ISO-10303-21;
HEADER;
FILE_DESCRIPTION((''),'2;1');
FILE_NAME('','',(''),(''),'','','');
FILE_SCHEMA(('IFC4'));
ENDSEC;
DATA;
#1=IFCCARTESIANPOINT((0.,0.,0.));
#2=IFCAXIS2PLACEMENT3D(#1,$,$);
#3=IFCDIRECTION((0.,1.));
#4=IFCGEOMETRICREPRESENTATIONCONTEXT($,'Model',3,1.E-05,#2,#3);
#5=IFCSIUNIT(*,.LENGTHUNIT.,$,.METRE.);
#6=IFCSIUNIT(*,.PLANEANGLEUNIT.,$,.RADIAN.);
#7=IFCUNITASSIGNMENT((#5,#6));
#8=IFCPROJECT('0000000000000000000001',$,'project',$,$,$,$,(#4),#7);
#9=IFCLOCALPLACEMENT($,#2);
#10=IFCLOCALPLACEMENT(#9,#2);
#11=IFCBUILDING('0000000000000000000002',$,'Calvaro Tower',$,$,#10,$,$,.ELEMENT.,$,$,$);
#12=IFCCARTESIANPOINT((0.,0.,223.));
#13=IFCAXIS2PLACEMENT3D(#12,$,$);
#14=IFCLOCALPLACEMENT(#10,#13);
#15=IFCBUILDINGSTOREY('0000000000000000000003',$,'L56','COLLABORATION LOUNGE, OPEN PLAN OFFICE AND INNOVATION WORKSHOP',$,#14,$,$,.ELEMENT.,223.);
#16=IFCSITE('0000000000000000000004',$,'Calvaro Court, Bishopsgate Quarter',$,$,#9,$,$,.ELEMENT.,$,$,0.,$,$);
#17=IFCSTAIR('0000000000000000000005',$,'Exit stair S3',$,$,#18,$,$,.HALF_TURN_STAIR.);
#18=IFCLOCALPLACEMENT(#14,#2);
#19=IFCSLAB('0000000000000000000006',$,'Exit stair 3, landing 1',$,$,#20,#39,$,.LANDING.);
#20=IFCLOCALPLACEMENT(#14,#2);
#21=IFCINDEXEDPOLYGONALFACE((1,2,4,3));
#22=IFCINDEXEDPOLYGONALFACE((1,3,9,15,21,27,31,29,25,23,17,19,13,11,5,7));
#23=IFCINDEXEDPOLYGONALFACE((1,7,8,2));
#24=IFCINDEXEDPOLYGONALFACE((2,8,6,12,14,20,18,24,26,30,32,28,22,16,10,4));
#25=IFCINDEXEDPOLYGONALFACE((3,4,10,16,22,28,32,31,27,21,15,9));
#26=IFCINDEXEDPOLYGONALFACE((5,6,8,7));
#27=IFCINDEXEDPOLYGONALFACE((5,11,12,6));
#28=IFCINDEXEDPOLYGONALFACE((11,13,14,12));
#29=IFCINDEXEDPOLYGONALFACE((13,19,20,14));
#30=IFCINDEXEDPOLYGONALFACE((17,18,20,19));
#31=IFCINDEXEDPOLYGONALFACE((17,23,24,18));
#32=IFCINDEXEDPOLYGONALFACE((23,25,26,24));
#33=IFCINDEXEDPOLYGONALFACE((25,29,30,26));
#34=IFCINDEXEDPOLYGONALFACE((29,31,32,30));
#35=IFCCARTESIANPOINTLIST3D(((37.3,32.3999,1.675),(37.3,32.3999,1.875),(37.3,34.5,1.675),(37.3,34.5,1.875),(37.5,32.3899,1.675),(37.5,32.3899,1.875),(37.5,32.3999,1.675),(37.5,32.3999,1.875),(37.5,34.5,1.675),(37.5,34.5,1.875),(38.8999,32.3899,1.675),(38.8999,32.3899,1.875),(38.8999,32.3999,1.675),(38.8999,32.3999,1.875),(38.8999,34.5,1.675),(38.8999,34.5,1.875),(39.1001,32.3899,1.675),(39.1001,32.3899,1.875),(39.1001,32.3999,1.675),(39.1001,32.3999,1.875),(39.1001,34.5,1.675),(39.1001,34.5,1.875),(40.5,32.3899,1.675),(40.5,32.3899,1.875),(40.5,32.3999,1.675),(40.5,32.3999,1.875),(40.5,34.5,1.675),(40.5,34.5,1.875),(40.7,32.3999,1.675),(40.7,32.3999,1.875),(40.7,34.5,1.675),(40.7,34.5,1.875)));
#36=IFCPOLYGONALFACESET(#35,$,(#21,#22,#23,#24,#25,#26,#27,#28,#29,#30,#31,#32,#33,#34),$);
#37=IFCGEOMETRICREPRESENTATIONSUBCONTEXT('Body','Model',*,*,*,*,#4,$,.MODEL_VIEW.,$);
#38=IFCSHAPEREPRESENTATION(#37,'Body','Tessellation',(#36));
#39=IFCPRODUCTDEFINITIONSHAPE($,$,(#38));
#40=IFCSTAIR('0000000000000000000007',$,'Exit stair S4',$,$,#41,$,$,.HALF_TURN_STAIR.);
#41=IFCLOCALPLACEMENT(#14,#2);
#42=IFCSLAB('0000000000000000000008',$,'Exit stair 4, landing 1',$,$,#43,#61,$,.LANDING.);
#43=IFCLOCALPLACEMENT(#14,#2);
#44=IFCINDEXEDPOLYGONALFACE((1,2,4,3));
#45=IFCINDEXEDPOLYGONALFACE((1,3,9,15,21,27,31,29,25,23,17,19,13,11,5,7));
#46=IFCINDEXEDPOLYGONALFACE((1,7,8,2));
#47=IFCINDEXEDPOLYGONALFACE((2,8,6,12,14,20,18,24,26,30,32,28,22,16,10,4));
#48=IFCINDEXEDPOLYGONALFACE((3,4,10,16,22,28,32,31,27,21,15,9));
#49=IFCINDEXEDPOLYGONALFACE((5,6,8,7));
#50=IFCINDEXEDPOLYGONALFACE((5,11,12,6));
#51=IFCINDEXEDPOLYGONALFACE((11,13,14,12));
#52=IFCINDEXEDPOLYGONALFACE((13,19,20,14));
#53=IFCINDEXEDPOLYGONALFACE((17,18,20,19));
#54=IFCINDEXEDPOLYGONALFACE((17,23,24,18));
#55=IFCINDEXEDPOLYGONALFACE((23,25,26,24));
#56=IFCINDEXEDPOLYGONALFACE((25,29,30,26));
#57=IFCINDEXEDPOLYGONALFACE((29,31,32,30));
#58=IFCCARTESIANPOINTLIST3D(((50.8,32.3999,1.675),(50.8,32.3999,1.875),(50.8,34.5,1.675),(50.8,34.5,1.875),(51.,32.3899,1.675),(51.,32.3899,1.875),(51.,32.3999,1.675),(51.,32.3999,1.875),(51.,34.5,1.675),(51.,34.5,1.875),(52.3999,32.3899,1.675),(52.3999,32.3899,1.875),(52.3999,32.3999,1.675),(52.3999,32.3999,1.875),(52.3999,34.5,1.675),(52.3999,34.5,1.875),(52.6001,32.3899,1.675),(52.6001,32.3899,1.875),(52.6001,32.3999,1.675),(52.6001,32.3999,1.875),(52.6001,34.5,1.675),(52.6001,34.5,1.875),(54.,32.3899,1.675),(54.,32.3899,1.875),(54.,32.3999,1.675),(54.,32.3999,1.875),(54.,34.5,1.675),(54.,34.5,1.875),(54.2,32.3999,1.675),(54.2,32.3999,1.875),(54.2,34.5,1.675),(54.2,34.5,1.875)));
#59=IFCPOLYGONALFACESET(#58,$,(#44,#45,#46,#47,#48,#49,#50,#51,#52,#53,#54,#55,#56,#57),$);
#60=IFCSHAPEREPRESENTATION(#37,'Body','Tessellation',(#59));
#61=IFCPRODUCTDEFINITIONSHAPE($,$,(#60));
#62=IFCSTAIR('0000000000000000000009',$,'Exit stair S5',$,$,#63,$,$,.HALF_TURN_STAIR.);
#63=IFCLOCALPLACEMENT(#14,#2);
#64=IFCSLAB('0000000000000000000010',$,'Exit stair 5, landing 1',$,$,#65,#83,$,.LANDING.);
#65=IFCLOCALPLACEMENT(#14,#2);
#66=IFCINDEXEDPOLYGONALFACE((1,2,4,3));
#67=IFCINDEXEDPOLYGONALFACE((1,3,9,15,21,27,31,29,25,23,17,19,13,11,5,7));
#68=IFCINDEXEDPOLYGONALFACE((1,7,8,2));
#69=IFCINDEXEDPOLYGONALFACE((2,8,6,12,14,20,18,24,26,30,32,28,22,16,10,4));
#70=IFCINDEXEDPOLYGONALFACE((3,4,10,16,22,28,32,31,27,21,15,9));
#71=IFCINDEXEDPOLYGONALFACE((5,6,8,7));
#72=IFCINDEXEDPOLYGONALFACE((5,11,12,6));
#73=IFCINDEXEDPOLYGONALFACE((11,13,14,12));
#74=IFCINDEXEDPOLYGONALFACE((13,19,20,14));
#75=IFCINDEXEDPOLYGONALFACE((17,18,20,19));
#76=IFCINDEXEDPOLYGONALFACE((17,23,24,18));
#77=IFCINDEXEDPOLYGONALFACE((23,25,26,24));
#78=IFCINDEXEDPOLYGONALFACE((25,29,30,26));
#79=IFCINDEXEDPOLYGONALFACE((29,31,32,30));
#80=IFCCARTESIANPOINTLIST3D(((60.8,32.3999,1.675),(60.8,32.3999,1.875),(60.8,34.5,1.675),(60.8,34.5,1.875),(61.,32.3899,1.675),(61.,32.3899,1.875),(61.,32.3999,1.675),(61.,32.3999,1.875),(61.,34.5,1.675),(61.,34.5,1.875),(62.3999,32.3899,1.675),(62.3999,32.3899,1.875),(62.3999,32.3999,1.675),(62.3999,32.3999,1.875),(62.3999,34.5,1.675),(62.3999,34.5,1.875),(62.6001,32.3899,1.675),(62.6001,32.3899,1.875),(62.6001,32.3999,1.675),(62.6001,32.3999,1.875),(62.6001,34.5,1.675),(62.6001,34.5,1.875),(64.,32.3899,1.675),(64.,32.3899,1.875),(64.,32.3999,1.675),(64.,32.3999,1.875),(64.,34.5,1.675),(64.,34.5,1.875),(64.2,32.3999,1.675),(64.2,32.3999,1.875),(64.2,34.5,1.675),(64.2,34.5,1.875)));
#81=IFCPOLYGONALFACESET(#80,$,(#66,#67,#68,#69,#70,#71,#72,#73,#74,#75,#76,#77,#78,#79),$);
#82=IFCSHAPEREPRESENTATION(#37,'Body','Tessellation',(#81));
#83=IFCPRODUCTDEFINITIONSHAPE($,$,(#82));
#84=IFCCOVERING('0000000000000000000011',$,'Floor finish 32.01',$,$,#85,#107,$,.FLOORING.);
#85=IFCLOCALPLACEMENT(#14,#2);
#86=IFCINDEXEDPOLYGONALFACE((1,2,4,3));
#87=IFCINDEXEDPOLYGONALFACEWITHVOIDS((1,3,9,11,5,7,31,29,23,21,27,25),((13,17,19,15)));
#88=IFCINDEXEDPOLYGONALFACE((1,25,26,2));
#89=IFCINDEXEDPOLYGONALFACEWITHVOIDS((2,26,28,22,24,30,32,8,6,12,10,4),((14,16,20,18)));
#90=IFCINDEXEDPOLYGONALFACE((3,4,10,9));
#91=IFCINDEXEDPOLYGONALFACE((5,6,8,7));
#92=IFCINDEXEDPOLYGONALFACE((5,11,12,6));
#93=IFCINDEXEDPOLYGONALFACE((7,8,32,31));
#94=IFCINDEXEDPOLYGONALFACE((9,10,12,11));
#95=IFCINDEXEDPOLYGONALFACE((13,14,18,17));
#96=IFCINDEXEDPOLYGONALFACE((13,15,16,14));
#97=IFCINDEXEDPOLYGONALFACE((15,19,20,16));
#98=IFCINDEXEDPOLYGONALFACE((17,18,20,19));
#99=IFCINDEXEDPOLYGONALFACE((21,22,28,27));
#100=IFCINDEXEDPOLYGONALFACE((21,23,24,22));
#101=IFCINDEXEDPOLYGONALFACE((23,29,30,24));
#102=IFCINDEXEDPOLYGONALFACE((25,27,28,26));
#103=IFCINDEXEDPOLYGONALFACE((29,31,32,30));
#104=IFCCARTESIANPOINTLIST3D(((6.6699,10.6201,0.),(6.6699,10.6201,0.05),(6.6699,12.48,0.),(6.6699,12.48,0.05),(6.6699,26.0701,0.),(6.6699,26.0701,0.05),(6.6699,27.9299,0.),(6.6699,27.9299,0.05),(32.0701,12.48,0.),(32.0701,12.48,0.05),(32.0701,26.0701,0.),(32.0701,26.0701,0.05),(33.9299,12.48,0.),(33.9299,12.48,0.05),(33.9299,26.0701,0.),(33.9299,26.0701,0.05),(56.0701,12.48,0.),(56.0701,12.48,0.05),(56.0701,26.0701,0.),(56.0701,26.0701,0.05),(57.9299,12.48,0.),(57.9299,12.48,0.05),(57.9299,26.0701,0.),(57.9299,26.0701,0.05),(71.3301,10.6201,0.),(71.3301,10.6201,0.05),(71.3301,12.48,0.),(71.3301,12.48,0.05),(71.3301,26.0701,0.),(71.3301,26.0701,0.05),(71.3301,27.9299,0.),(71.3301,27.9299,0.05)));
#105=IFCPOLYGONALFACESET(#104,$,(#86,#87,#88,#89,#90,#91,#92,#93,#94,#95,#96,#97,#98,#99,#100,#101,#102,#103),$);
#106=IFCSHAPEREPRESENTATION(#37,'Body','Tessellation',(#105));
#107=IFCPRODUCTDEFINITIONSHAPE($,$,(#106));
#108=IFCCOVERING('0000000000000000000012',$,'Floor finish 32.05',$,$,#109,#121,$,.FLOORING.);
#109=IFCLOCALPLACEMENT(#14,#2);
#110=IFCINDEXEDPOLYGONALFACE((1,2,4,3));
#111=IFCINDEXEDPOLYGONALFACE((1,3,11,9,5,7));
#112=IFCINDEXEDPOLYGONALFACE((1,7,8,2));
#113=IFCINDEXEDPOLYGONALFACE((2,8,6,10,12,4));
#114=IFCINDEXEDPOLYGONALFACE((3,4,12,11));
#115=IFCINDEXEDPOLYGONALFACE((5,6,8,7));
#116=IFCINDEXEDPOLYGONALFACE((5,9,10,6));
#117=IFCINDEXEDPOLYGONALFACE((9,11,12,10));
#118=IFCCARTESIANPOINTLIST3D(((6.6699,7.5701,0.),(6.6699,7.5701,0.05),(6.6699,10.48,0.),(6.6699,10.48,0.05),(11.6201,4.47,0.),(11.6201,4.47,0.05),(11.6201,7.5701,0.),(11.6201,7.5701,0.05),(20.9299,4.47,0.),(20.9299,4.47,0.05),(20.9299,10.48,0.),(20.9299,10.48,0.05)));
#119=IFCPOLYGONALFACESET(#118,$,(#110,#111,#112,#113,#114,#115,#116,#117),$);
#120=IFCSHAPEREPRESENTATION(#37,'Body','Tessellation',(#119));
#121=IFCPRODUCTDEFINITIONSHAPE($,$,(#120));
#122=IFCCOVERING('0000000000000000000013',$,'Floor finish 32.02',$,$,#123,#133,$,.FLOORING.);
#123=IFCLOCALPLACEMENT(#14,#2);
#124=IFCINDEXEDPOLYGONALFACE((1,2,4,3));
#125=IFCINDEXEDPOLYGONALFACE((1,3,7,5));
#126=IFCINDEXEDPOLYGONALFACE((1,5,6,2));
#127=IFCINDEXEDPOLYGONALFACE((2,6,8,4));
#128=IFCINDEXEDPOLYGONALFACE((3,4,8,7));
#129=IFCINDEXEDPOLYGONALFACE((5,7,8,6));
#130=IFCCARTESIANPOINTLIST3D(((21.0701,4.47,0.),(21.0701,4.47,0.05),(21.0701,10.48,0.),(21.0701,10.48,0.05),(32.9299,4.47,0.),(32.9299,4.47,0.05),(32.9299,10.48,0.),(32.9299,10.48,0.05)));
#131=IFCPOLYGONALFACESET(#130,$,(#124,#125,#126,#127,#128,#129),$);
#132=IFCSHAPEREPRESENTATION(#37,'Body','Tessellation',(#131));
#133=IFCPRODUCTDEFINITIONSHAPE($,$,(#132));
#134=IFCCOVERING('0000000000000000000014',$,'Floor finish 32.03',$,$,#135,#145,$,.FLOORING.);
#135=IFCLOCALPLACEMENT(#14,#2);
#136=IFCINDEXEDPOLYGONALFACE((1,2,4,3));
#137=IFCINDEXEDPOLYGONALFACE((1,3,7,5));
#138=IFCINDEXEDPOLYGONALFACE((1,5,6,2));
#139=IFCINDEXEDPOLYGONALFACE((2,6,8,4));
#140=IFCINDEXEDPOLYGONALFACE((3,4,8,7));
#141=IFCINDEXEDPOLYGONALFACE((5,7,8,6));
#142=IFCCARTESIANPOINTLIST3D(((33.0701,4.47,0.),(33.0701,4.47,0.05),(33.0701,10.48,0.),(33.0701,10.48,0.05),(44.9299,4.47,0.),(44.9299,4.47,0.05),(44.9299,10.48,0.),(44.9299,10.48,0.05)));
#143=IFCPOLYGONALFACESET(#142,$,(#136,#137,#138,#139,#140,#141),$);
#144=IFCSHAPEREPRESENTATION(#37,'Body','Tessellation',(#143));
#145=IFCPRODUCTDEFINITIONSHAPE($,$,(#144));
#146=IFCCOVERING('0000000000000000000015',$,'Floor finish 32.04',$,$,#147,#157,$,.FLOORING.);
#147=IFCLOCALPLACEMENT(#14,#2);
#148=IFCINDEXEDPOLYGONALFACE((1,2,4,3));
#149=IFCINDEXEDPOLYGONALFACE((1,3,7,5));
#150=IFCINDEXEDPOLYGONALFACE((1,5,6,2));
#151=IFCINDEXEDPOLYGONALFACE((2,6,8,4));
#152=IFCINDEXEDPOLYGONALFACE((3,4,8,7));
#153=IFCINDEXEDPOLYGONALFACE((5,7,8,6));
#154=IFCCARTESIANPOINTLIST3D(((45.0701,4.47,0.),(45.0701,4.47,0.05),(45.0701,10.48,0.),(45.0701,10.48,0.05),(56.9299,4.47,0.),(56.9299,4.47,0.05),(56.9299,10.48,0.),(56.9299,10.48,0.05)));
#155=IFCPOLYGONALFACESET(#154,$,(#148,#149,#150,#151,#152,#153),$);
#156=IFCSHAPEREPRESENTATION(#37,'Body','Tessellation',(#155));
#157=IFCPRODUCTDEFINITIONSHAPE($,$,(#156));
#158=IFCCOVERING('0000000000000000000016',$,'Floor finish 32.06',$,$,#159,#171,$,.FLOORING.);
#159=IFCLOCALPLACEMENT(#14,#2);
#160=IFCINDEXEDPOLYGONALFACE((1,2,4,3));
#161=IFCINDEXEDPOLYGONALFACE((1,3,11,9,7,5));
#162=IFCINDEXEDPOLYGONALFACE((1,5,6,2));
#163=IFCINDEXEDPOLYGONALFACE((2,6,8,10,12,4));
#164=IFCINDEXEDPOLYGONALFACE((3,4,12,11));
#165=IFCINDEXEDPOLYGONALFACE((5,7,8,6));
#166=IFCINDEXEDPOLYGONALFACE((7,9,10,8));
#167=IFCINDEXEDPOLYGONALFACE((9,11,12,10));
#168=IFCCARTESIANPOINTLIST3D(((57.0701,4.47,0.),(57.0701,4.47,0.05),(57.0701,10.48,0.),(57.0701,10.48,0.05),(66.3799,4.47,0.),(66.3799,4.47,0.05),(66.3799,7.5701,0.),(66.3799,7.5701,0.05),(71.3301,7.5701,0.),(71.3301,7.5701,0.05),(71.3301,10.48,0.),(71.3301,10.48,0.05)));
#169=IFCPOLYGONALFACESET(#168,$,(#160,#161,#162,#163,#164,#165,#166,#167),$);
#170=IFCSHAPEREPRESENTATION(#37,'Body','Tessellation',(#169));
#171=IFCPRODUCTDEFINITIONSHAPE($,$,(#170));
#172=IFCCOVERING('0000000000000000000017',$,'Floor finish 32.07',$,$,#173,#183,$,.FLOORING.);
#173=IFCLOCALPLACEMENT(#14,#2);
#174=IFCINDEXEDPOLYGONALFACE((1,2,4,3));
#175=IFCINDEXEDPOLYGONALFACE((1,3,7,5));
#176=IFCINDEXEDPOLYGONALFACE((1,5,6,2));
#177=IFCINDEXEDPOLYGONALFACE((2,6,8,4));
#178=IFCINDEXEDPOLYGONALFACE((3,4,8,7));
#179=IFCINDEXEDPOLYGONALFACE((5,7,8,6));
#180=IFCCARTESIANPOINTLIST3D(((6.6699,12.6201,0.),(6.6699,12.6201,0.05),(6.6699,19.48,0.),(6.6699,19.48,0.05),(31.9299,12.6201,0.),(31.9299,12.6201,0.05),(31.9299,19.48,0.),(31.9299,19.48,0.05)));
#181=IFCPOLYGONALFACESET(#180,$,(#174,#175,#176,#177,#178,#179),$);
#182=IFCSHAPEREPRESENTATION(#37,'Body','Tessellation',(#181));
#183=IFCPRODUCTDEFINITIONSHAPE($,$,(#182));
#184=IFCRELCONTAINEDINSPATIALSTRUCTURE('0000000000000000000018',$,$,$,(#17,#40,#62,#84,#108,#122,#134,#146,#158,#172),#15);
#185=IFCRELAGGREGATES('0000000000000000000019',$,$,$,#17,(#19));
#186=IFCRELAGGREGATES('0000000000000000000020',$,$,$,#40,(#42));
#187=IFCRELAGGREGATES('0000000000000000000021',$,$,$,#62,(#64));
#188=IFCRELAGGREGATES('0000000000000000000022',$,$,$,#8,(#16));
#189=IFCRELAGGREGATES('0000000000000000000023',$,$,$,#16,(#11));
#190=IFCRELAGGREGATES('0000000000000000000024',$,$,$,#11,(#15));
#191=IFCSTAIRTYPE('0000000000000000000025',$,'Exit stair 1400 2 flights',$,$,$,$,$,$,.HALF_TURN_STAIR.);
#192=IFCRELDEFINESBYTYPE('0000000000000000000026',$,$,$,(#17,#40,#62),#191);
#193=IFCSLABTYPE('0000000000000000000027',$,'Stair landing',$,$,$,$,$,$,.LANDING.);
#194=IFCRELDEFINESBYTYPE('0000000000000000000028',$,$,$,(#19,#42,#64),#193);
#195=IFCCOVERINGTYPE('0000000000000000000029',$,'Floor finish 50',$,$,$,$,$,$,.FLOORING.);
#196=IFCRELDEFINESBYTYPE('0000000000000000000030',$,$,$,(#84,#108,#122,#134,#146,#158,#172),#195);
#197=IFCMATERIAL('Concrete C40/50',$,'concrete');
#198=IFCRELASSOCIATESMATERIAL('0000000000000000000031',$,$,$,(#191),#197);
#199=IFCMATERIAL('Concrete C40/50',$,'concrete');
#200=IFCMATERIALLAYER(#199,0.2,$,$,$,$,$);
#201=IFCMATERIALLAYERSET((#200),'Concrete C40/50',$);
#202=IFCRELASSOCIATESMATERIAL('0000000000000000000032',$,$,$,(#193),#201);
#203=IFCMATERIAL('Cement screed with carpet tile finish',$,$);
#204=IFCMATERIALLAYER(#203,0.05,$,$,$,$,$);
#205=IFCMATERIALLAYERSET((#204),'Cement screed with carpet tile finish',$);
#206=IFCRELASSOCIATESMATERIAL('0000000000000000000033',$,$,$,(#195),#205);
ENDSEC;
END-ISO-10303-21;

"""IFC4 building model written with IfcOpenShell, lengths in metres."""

from ifc_helpers import new_model, si_unit, direction, frame, origin, place, context, subcontext, project, spatial, polyline, outline, extrude, material, layer, layer_set, type_object, element, aggregate, save


model = new_model("IFC4")

# Units and contexts
model_context = context("Model", 3, precision=1e-05, world=origin(), true_north=direction((0.0, 1.0)))
body_context = subcontext(model_context, "Body", "Model", "MODEL_VIEW")
ifc_project = project(units=[si_unit("LENGTHUNIT", "METRE"), si_unit("PLANEANGLEUNIT", "RADIAN")], contexts=[model_context])

# Site, building, storey
site_placement = place(None, origin())
site = spatial("IfcSite", under=ifc_project, at=site_placement, Name="Calvaro Court, Bishopsgate Quarter", CompositionType="ELEMENT", RefElevation=0.0)
building_placement = place(site_placement, origin())
building = spatial("IfcBuilding", under=site, at=building_placement, Name="Calvaro Tower", CompositionType="ELEMENT")
storey_placement = place(building_placement, frame((0.0, 0.0, 223.0)))
storey = spatial("IfcBuildingStorey", under=building, at=storey_placement, Name="L56", Description="COLLABORATION LOUNGE, OPEN PLAN OFFICE AND INNOVATION WORKSHOP", CompositionType="ELEMENT", Elevation=223.0)

# Stairs, slabs
ifc_material_1 = material(Name="Concrete C40/50", Category="concrete")
stair_type = type_object("IfcStairType", Name="Exit stair 1400 2 flights", PredefinedType="HALF_TURN_STAIR", material=ifc_material_1)
ifc_material_2 = material(Name="Concrete C40/50", Category="concrete")
ifc_layer_1 = layer(ifc_material_2, 0.2)
ifc_layer_set_1 = layer_set([ifc_layer_1], Name="Concrete C40/50")
slab_type_1 = type_object("IfcSlabType", Name="Stair landing", PredefinedType="LANDING", material=ifc_layer_set_1)
stair_1_placement = place(storey_placement, origin())
stair_1 = element("IfcStair", 1, at=stair_1_placement, inside=storey, type_object=stair_type, Name="Exit stair S3", PredefinedType="HALF_TURN_STAIR")
slab_1_placement = place(storey_placement, frame((0.0, 0.0, 1.675)))
slab_1 = element("IfcSlab", 2, at=slab_1_placement, type_object=slab_type_1, Name="Exit stair 3, landing 1", PredefinedType="LANDING", context=body_context, shape_type="SweptSolid", body=[
    extrude(outline(polyline([(38.8999, 32.3899), (37.5, 32.3899), (37.5, 32.3999), (37.3, 32.3999), (37.3, 34.5), (37.5, 34.5), (38.8999, 34.5), (39.1001, 34.5), (40.5, 34.5), (40.7, 34.5), (40.7, 32.3999), (40.5, 32.3999), (40.5, 32.3899), (39.1001, 32.3899), (39.1001, 32.3999), (38.8999, 32.3999), (38.8999, 32.3899)])), origin(), (0.0, 0.0, 1.0), 0.2),
])
aggregate(stair_1, [slab_1])
stair_2_placement = place(storey_placement, origin())
stair_2 = element("IfcStair", 3, at=stair_2_placement, inside=storey, type_object=stair_type, Name="Exit stair S4", PredefinedType="HALF_TURN_STAIR")
slab_2_placement = place(storey_placement, frame((0.0, 0.0, 1.675)))
slab_2 = element("IfcSlab", 4, at=slab_2_placement, type_object=slab_type_1, Name="Exit stair 4, landing 1", PredefinedType="LANDING", context=body_context, shape_type="SweptSolid", body=[
    extrude(outline(polyline([(52.3999, 32.3899), (51.0, 32.3899), (51.0, 32.3999), (50.8, 32.3999), (50.8, 34.5), (51.0, 34.5), (52.3999, 34.5), (52.6001, 34.5), (54.0, 34.5), (54.2, 34.5), (54.2, 32.3999), (54.0, 32.3999), (54.0, 32.3899), (52.6001, 32.3899), (52.6001, 32.3999), (52.3999, 32.3999), (52.3999, 32.3899)])), origin(), (0.0, 0.0, 1.0), 0.2),
])
aggregate(stair_2, [slab_2])
stair_3_placement = place(storey_placement, origin())
stair_3 = element("IfcStair", 5, at=stair_3_placement, inside=storey, type_object=stair_type, Name="Exit stair S5", PredefinedType="HALF_TURN_STAIR")
slab_3_placement = place(storey_placement, frame((0.0, 0.0, 1.675)))
slab_3 = element("IfcSlab", 6, at=slab_3_placement, type_object=slab_type_1, Name="Exit stair 5, landing 1", PredefinedType="LANDING", context=body_context, shape_type="SweptSolid", body=[
    extrude(outline(polyline([(62.3999, 32.3899), (61.0, 32.3899), (61.0, 32.3999), (60.8, 32.3999), (60.8, 34.5), (61.0, 34.5), (62.3999, 34.5), (62.6001, 34.5), (64.0, 34.5), (64.2, 34.5), (64.2, 32.3999), (64.0, 32.3999), (64.0, 32.3899), (62.6001, 32.3899), (62.6001, 32.3999), (62.3999, 32.3999), (62.3999, 32.3899)])), origin(), (0.0, 0.0, 1.0), 0.2),
])
aggregate(stair_3, [slab_3])

# Coverings
ifc_material_3 = material(Name="Cement screed with carpet tile finish")
ifc_layer_2 = layer(ifc_material_3, 0.05)
ifc_layer_set_2 = layer_set([ifc_layer_2], Name="Cement screed with carpet tile finish")
covering_type = type_object("IfcCoveringType", Name="Floor finish 50", PredefinedType="FLOORING", material=ifc_layer_set_2)
covering_1_placement = place(storey_placement, origin())
element("IfcCovering", 7, at=covering_1_placement, inside=storey, type_object=covering_type, Name="Floor finish 32.01", PredefinedType="FLOORING", context=body_context, shape_type="SweptSolid", body=[
    extrude(outline(polyline([(6.6699, 10.6201), (6.6699, 12.48), (32.0701, 12.48), (32.0701, 26.0701), (6.6699, 26.0701), (6.6699, 27.9299), (71.3301, 27.9299), (71.3301, 26.0701), (57.9299, 26.0701), (57.9299, 12.48), (71.3301, 12.48), (71.3301, 10.6201), (6.6699, 10.6201)]), holes=[polyline([(56.0701, 12.48), (56.0701, 26.0701), (33.9299, 26.0701), (33.9299, 12.48), (56.0701, 12.48)])]), origin(), (0.0, 0.0, 1.0), 0.05),
])
covering_2_placement = place(storey_placement, origin())
element("IfcCovering", 8, at=covering_2_placement, inside=storey, type_object=covering_type, Name="Floor finish 32.05", PredefinedType="FLOORING", context=body_context, shape_type="SweptSolid", body=[
    extrude(outline(polyline([(20.9299, 10.48), (20.9299, 4.47), (11.6201, 4.47), (11.6201, 7.5701), (6.6699, 7.5701), (6.6699, 10.48), (20.9299, 10.48)])), origin(), (0.0, 0.0, 1.0), 0.05),
])
covering_3_placement = place(storey_placement, origin())
element("IfcCovering", 9, at=covering_3_placement, inside=storey, type_object=covering_type, Name="Floor finish 32.02", PredefinedType="FLOORING", context=body_context, shape_type="SweptSolid", body=[
    extrude(outline(polyline([(21.0701, 10.48), (32.9299, 10.48), (32.9299, 4.47), (21.0701, 4.47), (21.0701, 10.48)])), origin(), (0.0, 0.0, 1.0), 0.05),
])
covering_4_placement = place(storey_placement, origin())
element("IfcCovering", 10, at=covering_4_placement, inside=storey, type_object=covering_type, Name="Floor finish 32.03", PredefinedType="FLOORING", context=body_context, shape_type="SweptSolid", body=[
    extrude(outline(polyline([(33.0701, 10.48), (44.9299, 10.48), (44.9299, 4.47), (33.0701, 4.47), (33.0701, 10.48)])), origin(), (0.0, 0.0, 1.0), 0.05),
])
covering_5_placement = place(storey_placement, origin())
element("IfcCovering", 11, at=covering_5_placement, inside=storey, type_object=covering_type, Name="Floor finish 32.04", PredefinedType="FLOORING", context=body_context, shape_type="SweptSolid", body=[
    extrude(outline(polyline([(45.0701, 10.48), (56.9299, 10.48), (56.9299, 4.47), (45.0701, 4.47), (45.0701, 10.48)])), origin(), (0.0, 0.0, 1.0), 0.05),
])
covering_6_placement = place(storey_placement, origin())
element("IfcCovering", 12, at=covering_6_placement, inside=storey, type_object=covering_type, Name="Floor finish 32.06", PredefinedType="FLOORING", context=body_context, shape_type="SweptSolid", body=[
    extrude(outline(polyline([(71.3301, 7.5701), (66.3799, 7.5701), (66.3799, 4.47), (57.0701, 4.47), (57.0701, 10.48), (71.3301, 10.48), (71.3301, 7.5701)])), origin(), (0.0, 0.0, 1.0), 0.05),
])
covering_7_placement = place(storey_placement, origin())
element("IfcCovering", 13, at=covering_7_placement, inside=storey, type_object=covering_type, Name="Floor finish 32.07", PredefinedType="FLOORING", context=body_context, shape_type="SweptSolid", body=[
    extrude(outline(polyline([(31.9299, 19.48), (31.9299, 12.6201), (6.6699, 12.6201), (6.6699, 19.48), (31.9299, 19.48)])), origin(), (0.0, 0.0, 1.0), 0.05),
])

save(model, "model.ifc")
